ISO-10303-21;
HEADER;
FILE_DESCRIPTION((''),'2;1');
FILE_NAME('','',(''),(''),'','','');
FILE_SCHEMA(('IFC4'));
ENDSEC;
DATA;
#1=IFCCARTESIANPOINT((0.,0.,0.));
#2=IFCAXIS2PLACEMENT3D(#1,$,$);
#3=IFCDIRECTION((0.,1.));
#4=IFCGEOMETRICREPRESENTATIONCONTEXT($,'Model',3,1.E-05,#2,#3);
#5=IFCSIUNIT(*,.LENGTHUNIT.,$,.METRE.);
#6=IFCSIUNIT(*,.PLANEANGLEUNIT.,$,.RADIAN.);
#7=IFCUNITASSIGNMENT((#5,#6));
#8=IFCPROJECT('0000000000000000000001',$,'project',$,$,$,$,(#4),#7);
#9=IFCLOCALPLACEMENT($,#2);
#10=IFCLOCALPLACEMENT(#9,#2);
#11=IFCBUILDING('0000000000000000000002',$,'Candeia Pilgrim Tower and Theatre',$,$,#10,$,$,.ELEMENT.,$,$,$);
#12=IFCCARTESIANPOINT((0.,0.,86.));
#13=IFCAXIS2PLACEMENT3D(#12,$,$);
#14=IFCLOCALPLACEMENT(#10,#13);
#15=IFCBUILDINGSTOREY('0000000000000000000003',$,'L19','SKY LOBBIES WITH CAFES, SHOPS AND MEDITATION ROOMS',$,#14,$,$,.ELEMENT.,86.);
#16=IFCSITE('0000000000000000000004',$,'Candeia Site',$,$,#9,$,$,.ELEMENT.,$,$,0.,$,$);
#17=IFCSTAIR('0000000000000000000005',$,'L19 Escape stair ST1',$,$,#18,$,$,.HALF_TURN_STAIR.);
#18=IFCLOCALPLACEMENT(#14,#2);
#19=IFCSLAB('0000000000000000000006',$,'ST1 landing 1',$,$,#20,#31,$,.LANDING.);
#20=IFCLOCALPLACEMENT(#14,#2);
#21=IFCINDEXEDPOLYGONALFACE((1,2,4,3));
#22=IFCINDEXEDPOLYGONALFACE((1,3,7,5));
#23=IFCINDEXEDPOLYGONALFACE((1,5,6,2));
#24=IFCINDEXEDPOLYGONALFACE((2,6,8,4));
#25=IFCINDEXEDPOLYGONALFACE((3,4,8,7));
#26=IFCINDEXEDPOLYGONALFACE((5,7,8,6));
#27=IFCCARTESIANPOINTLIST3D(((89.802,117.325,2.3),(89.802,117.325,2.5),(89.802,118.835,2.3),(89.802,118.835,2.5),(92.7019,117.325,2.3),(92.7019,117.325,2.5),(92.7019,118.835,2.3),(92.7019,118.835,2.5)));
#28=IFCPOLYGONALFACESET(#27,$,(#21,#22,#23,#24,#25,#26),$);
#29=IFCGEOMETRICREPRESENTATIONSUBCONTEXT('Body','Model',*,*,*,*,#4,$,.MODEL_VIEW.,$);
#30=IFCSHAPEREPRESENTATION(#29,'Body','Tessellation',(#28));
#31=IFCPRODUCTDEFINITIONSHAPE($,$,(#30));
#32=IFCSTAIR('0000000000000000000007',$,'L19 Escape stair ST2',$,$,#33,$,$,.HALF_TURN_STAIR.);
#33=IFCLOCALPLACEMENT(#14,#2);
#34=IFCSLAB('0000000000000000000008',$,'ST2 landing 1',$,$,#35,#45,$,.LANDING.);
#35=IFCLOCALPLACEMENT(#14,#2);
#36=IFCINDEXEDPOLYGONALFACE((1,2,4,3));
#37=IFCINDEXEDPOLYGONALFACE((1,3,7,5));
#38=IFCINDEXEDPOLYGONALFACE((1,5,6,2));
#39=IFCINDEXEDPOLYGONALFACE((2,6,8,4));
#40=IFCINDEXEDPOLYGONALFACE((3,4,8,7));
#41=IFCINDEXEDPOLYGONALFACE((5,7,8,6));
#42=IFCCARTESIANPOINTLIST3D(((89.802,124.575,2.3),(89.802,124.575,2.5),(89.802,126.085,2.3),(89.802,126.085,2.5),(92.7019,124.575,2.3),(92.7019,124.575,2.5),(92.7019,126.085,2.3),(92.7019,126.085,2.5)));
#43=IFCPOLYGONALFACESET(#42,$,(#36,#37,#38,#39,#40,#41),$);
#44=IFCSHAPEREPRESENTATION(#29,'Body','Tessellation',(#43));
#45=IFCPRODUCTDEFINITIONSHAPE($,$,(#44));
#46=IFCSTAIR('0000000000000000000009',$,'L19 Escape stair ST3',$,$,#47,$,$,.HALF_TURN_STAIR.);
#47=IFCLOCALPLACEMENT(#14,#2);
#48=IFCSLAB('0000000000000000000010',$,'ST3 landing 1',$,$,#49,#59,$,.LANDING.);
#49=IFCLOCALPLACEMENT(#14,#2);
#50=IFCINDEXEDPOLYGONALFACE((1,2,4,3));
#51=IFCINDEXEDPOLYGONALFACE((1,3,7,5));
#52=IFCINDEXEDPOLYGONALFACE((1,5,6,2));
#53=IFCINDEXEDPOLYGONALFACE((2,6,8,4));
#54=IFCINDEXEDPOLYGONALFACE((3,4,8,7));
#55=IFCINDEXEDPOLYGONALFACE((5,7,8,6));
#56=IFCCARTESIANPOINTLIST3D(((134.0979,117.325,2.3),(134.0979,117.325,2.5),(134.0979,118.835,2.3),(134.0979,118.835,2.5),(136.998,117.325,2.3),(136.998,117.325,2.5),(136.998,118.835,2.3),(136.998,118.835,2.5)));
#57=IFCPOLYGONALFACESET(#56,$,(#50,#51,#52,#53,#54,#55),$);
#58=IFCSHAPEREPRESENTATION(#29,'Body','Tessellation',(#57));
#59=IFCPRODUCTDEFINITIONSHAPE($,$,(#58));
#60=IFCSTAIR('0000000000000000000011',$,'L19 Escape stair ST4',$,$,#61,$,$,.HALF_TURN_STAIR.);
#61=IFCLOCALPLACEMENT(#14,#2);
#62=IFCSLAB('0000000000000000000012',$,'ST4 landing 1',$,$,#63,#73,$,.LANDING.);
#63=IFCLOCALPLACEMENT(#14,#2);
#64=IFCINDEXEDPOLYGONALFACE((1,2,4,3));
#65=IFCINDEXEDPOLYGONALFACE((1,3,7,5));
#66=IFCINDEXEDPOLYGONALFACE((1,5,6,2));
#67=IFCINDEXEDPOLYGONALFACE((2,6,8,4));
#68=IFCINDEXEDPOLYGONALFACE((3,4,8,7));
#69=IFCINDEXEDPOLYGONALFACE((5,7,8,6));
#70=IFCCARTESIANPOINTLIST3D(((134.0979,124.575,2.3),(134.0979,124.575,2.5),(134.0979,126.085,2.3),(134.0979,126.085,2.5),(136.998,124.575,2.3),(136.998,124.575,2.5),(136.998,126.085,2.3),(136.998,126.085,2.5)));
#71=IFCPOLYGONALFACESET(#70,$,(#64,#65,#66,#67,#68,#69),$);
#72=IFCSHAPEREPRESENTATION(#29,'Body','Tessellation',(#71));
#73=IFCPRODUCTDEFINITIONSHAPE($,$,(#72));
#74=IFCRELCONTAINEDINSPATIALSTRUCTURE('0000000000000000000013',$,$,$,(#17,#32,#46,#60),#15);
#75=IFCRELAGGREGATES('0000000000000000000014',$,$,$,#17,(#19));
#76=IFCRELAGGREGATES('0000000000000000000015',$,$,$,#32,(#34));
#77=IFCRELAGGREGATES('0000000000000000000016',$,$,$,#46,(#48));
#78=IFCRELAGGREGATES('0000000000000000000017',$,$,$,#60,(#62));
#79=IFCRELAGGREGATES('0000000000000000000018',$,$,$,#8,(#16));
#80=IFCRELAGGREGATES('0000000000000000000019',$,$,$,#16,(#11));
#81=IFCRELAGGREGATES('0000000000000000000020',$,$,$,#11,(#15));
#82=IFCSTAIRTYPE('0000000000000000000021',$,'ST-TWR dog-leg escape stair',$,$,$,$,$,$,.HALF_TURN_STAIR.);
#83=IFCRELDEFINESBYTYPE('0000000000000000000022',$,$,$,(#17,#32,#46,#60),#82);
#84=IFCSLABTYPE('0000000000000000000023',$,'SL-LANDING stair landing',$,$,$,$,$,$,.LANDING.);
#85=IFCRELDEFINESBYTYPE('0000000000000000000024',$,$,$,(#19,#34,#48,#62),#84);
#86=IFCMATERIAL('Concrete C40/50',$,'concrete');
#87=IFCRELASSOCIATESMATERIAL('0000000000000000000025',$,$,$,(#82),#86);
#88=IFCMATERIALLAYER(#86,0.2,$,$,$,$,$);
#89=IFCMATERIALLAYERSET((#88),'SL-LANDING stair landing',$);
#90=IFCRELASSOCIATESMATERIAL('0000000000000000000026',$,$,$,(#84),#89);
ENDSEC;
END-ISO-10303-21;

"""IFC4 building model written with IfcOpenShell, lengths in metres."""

from ifc_helpers import new_model, si_unit, direction, frame, origin, place, context, subcontext, project, spatial, polyline, outline, extrude, material, layer, layer_set, type_object, element, aggregate, save


model = new_model("IFC4")

# Units and contexts
model_context = context("Model", 3, precision=1e-05, world=origin(), true_north=direction((0.0, 1.0)))
body_context = subcontext(model_context, "Body", "Model", "MODEL_VIEW")
ifc_project = project(units=[si_unit("LENGTHUNIT", "METRE"), si_unit("PLANEANGLEUNIT", "RADIAN")], contexts=[model_context])

# Site, building, storey
site_placement = place(None, origin())
site = spatial("IfcSite", under=ifc_project, at=site_placement, Name="Candeia Site", CompositionType="ELEMENT", RefElevation=0.0)
building_placement = place(site_placement, origin())
building = spatial("IfcBuilding", under=site, at=building_placement, Name="Candeia Pilgrim Tower and Theatre", CompositionType="ELEMENT")
storey_placement = place(building_placement, frame((0.0, 0.0, 86.0)))
storey = spatial("IfcBuildingStorey", under=building, at=storey_placement, Name="L19", Description="SKY LOBBIES WITH CAFES, SHOPS AND MEDITATION ROOMS", CompositionType="ELEMENT", Elevation=86.0)

# Shared definitions
ifc_material_1 = material(Name="Concrete C40/50", Category="concrete")

# Stairs, slabs
stair_type = type_object("IfcStairType", Name="ST-TWR dog-leg escape stair", PredefinedType="HALF_TURN_STAIR", material=ifc_material_1)
stair_1_placement = place(storey_placement, origin())
stair_1 = element("IfcStair", 1, at=stair_1_placement, inside=storey, type_object=stair_type, Name="L19 Escape stair ST1", PredefinedType="HALF_TURN_STAIR")
ifc_layer_1 = layer(ifc_material_1, 0.2)
ifc_layer_set_1 = layer_set([ifc_layer_1], Name="SL-LANDING stair landing")
slab_type_1 = type_object("IfcSlabType", Name="SL-LANDING stair landing", PredefinedType="LANDING", material=ifc_layer_set_1)
slab_1_placement = place(storey_placement, frame((0.0, 0.0, 2.3)))
slab_1 = element("IfcSlab", 2, at=slab_1_placement, type_object=slab_type_1, Name="ST1 landing 1", PredefinedType="LANDING", context=body_context, shape_type="SweptSolid", body=[
    extrude(outline(polyline([(89.802, 118.835), (89.802, 117.325), (92.7019, 117.325), (92.7019, 118.835), (89.802, 118.835)])), origin(), (0.0, 0.0, 1.0), 0.2),
])
aggregate(stair_1, [slab_1])
stair_2_placement = place(storey_placement, origin())
stair_2 = element("IfcStair", 3, at=stair_2_placement, inside=storey, type_object=stair_type, Name="L19 Escape stair ST2", PredefinedType="HALF_TURN_STAIR")
slab_2_placement = place(storey_placement, frame((0.0, 0.0, 2.3)))
slab_2 = element("IfcSlab", 4, at=slab_2_placement, type_object=slab_type_1, Name="ST2 landing 1", PredefinedType="LANDING", context=body_context, shape_type="SweptSolid", body=[
    extrude(outline(polyline([(89.802, 126.085), (89.802, 124.575), (92.7019, 124.575), (92.7019, 126.085), (89.802, 126.085)])), origin(), (0.0, 0.0, 1.0), 0.2),
])
aggregate(stair_2, [slab_2])
stair_3_placement = place(storey_placement, origin())
stair_3 = element("IfcStair", 5, at=stair_3_placement, inside=storey, type_object=stair_type, Name="L19 Escape stair ST3", PredefinedType="HALF_TURN_STAIR")
slab_3_placement = place(storey_placement, frame((0.0, 0.0, 2.3)))
slab_3 = element("IfcSlab", 6, at=slab_3_placement, type_object=slab_type_1, Name="ST3 landing 1", PredefinedType="LANDING", context=body_context, shape_type="SweptSolid", body=[
    extrude(outline(polyline([(134.0979, 118.835), (134.0979, 117.325), (136.998, 117.325), (136.998, 118.835), (134.0979, 118.835)])), origin(), (0.0, 0.0, 1.0), 0.2),
])
aggregate(stair_3, [slab_3])
stair_4_placement = place(storey_placement, origin())
stair_4 = element("IfcStair", 7, at=stair_4_placement, inside=storey, type_object=stair_type, Name="L19 Escape stair ST4", PredefinedType="HALF_TURN_STAIR")
slab_4_placement = place(storey_placement, frame((0.0, 0.0, 2.3)))
slab_4 = element("IfcSlab", 8, at=slab_4_placement, type_object=slab_type_1, Name="ST4 landing 1", PredefinedType="LANDING", context=body_context, shape_type="SweptSolid", body=[
    extrude(outline(polyline([(134.0979, 126.085), (134.0979, 124.575), (136.998, 124.575), (136.998, 126.085), (134.0979, 126.085)])), origin(), (0.0, 0.0, 1.0), 0.2),
])
aggregate(stair_4, [slab_4])

save(model, "model.ifc")
